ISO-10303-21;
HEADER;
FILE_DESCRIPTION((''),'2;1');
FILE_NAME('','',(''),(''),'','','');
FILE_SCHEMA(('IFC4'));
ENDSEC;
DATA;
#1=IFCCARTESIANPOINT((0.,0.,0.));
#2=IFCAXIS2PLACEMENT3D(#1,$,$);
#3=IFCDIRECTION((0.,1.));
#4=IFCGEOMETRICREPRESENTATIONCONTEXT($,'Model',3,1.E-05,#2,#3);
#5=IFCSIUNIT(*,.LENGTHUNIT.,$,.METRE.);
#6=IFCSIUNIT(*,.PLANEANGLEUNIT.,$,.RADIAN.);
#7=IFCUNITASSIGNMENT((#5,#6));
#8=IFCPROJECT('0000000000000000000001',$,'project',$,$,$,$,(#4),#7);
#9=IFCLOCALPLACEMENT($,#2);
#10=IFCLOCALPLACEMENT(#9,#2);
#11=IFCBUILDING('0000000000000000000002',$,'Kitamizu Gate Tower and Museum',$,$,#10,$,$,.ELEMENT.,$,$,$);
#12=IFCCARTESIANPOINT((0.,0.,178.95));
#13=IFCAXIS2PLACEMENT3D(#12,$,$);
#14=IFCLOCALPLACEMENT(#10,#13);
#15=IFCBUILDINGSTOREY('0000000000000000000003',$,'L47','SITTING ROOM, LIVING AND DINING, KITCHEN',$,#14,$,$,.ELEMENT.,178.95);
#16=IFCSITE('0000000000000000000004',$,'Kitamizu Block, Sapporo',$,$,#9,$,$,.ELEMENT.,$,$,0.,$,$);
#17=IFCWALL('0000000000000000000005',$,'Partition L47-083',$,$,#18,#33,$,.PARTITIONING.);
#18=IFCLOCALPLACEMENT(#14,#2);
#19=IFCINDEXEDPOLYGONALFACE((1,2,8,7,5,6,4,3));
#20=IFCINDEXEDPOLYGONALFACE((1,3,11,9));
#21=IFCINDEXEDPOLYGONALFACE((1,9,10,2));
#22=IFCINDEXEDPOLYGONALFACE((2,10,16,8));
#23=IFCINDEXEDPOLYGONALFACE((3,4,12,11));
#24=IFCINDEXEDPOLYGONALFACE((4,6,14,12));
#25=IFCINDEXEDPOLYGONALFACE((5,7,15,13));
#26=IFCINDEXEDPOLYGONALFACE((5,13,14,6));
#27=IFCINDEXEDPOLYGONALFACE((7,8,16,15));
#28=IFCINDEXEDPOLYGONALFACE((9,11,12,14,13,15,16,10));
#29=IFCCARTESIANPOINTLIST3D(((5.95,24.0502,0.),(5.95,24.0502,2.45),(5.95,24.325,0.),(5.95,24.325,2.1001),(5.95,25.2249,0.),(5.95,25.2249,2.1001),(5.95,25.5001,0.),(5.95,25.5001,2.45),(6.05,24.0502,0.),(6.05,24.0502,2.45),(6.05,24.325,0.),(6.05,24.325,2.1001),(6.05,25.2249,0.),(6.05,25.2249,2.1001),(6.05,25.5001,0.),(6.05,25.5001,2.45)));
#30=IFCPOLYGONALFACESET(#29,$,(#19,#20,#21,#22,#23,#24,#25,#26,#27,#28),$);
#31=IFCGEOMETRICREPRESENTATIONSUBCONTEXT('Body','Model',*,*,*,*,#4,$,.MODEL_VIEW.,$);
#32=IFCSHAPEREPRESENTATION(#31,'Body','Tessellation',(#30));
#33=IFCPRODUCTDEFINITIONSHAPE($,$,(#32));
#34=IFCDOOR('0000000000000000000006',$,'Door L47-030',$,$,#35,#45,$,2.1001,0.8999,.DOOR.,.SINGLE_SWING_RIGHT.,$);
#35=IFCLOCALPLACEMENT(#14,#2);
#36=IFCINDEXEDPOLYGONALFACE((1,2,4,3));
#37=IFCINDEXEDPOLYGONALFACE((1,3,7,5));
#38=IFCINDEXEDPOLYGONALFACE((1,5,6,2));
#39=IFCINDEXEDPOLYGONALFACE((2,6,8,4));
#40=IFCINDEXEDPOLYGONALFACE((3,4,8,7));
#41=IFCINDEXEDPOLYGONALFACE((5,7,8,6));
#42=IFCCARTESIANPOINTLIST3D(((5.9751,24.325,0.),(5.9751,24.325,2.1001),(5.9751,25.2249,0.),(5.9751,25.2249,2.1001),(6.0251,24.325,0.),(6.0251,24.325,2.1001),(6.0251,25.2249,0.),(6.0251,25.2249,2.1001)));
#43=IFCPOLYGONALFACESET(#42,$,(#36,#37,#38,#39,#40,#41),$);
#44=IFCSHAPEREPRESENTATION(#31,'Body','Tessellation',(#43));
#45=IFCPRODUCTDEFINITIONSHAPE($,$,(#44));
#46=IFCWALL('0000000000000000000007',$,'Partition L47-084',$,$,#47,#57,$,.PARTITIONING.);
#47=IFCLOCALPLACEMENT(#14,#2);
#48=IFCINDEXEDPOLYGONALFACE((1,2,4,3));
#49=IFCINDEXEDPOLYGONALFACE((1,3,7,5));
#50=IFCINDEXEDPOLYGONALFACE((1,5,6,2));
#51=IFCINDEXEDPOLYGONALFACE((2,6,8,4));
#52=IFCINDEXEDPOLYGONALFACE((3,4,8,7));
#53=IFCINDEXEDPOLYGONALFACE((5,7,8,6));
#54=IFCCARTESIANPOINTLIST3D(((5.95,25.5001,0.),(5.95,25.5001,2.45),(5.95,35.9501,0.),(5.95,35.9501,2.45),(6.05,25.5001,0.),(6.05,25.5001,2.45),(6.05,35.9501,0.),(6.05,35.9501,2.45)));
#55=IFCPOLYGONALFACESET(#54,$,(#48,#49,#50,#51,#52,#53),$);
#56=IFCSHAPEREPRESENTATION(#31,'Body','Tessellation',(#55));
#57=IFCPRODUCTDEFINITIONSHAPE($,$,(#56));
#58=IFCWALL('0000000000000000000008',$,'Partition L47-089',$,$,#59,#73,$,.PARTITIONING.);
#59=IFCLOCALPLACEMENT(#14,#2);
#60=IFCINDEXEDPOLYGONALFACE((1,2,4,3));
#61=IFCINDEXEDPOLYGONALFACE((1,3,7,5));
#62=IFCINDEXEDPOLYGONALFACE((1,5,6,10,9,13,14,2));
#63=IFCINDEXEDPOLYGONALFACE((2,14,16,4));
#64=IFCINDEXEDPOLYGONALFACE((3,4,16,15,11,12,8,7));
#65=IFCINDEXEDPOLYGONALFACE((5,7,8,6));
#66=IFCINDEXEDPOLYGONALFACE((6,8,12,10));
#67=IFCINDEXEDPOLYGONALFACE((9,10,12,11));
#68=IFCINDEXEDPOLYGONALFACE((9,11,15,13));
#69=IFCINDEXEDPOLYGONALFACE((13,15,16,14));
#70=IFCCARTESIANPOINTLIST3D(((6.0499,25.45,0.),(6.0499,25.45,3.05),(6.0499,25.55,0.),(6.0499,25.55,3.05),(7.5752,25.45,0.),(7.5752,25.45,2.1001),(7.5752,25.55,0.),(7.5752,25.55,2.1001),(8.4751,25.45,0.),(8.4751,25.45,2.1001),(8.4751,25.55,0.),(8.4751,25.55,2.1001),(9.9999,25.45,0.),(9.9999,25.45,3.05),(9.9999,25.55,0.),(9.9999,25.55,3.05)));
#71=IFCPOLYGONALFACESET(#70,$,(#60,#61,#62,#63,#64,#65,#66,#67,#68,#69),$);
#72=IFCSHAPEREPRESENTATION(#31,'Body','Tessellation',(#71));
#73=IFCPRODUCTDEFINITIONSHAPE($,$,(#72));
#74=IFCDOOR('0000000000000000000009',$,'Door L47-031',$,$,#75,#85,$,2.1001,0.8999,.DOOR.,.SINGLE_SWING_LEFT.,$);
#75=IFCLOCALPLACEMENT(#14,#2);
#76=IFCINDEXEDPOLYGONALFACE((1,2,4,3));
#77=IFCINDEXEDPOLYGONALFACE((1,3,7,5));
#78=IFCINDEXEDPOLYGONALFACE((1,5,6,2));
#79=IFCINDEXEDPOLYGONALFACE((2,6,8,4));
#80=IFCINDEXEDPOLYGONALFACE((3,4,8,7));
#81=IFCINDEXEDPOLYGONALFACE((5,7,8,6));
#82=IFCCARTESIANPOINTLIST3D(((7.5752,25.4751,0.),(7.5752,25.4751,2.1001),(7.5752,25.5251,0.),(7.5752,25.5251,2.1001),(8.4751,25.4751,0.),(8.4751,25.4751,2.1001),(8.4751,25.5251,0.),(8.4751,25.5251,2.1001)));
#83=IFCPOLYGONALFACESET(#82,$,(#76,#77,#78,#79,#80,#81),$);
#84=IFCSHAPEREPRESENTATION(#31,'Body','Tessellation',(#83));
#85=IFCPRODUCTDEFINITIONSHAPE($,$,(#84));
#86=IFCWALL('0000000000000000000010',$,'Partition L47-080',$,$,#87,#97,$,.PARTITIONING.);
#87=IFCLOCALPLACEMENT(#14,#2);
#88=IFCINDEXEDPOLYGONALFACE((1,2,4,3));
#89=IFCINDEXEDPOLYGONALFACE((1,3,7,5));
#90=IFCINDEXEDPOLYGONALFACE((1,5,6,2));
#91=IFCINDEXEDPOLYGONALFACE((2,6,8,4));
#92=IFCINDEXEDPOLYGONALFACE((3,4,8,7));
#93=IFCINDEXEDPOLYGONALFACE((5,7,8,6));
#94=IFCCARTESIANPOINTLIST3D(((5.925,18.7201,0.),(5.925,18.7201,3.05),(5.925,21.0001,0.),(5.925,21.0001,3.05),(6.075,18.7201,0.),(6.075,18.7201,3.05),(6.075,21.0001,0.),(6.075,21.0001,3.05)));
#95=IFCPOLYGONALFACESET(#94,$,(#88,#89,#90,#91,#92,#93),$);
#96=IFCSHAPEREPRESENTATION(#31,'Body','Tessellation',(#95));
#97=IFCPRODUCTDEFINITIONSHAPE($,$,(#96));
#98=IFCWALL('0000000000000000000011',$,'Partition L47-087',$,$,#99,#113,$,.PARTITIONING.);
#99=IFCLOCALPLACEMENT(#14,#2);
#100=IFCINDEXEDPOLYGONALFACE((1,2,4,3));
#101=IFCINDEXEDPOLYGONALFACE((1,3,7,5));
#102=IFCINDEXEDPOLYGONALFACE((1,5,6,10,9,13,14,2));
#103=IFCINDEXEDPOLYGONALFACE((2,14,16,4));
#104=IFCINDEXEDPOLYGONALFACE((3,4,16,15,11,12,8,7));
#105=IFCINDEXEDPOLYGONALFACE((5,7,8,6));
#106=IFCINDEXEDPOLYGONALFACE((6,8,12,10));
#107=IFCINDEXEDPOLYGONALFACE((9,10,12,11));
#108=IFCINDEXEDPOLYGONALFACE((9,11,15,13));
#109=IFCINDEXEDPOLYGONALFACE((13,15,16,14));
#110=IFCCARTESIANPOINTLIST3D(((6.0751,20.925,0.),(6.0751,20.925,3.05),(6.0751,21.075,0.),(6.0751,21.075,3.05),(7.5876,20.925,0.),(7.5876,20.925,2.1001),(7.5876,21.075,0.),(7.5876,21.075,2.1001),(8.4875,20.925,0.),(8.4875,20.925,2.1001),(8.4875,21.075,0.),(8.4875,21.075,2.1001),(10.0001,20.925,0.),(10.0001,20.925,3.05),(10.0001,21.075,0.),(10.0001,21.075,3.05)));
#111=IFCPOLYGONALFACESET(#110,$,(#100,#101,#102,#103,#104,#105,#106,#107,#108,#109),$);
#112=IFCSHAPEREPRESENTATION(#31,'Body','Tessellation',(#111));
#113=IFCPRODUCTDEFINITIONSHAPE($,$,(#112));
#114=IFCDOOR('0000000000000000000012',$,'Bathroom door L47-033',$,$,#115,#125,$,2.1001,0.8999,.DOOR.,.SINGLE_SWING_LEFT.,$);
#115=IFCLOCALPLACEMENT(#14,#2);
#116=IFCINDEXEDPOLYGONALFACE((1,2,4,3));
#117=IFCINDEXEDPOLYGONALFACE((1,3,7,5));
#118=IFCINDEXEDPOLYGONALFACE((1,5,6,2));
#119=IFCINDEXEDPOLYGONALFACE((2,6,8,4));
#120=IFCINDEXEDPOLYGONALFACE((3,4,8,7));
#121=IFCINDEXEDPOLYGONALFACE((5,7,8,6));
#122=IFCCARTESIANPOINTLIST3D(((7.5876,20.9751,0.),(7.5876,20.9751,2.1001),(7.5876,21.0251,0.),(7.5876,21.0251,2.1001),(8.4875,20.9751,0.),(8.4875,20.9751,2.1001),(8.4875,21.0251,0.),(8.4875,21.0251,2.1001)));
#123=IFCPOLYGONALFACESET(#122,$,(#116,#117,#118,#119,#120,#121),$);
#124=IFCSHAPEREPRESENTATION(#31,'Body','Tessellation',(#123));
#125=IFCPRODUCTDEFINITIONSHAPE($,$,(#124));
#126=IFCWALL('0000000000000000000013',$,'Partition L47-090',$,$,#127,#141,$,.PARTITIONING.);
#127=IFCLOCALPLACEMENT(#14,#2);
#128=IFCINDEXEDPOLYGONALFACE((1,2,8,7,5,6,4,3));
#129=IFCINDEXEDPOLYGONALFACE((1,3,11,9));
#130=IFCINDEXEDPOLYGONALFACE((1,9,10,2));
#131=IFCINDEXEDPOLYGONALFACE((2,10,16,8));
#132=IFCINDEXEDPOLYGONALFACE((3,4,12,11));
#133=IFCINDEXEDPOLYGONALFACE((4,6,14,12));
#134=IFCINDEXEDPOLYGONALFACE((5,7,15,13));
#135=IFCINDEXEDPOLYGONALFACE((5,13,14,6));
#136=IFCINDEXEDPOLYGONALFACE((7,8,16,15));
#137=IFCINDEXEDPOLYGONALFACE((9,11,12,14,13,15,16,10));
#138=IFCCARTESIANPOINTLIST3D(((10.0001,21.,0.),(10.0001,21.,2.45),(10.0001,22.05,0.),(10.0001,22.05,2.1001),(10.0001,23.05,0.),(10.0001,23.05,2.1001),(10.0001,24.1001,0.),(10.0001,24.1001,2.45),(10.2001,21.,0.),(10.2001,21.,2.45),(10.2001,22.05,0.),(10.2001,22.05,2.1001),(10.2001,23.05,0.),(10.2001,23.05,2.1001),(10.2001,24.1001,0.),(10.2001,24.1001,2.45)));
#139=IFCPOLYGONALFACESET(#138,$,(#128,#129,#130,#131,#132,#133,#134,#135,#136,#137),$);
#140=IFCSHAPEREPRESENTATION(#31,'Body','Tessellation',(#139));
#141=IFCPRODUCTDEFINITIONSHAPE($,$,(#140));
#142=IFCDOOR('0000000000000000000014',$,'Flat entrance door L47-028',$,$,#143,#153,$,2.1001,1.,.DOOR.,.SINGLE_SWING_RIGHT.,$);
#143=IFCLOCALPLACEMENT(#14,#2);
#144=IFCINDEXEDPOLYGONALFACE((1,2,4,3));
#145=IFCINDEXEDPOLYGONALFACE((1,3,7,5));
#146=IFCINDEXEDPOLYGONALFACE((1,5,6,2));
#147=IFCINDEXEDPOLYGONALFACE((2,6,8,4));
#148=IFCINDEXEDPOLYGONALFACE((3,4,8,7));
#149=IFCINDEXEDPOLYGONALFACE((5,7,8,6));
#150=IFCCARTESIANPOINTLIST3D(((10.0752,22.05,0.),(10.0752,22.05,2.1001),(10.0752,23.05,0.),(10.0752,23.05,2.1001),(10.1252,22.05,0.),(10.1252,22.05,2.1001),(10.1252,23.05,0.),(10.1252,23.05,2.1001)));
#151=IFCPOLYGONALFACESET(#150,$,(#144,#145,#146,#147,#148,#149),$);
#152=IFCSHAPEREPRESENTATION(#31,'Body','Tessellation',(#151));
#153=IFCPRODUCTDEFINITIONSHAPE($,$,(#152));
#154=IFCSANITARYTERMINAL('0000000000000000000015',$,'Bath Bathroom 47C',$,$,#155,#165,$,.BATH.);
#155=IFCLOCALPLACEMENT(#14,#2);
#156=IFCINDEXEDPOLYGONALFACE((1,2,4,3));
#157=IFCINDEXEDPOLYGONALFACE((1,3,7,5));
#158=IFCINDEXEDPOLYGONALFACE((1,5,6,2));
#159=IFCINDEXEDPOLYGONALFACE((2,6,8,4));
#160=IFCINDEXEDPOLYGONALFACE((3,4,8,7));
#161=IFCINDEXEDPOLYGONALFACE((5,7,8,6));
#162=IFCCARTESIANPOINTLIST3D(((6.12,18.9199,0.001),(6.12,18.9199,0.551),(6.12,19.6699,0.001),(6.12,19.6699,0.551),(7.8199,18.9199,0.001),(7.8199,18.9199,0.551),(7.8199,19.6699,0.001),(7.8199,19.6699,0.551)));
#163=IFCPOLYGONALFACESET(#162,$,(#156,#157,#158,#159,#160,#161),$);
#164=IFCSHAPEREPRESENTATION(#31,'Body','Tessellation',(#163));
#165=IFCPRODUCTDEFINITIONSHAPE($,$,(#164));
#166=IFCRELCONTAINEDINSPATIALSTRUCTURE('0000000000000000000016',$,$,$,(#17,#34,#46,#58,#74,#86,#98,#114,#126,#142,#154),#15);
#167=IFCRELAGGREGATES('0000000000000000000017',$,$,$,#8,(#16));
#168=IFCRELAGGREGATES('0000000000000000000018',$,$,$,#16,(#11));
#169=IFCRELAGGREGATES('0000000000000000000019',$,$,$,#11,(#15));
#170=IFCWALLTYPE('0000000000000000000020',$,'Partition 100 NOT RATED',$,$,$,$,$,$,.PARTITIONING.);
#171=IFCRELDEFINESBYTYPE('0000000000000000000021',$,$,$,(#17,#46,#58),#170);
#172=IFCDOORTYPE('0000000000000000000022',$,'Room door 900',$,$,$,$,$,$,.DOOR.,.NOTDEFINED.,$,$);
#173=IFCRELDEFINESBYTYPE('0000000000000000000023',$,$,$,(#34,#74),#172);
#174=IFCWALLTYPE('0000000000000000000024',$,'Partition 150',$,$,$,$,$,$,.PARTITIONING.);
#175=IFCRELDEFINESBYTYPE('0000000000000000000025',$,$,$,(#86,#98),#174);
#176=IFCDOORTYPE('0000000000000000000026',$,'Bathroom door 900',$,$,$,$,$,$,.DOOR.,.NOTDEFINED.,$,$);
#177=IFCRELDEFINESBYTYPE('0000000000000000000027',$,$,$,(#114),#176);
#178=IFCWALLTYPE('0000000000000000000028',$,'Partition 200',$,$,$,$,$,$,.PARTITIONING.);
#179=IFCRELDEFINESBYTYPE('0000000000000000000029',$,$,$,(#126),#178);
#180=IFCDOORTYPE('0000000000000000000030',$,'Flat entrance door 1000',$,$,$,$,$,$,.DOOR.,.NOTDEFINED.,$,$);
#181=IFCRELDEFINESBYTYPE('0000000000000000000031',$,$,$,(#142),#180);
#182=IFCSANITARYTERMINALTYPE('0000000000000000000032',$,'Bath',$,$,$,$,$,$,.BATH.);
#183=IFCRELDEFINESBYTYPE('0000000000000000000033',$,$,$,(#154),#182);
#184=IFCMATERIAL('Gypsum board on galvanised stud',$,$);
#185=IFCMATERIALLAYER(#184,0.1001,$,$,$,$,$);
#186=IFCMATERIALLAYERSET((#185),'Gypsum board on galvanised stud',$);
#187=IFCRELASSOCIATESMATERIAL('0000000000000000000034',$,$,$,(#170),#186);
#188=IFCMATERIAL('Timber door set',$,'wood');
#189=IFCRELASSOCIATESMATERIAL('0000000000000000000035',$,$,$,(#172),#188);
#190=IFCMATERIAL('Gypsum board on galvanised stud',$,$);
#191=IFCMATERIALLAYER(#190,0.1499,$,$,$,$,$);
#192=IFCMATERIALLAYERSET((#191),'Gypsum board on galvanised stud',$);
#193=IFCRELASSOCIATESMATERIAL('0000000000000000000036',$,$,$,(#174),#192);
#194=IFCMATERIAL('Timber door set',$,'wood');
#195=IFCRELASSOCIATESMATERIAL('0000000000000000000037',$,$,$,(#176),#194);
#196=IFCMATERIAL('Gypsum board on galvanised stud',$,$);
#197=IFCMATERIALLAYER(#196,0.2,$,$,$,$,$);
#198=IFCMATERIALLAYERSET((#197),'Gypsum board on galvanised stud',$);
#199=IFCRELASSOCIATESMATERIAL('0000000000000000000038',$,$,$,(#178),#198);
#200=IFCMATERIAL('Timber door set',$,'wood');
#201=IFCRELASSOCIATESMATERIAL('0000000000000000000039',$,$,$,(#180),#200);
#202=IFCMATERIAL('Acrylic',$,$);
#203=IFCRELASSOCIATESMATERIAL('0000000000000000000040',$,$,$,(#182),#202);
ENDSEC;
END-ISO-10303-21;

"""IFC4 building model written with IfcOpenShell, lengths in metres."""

from ifc_helpers import new_model, si_unit, direction, frame, frame_2d, origin, origin_2d, place, context, subcontext, project, spatial, rectangle, extrude, material, layer, layer_set, type_object, element, fill, save


model = new_model("IFC4")

# Units and contexts
model_context = context("Model", 3, precision=1e-05, world=origin(), true_north=direction((0.0, 1.0)))
body_context = subcontext(model_context, "Body", "Model", "MODEL_VIEW")
ifc_project = project(units=[si_unit("LENGTHUNIT", "METRE"), si_unit("PLANEANGLEUNIT", "RADIAN")], contexts=[model_context])

# Site, building, storey
site_placement = place(None, origin())
site = spatial("IfcSite", under=ifc_project, at=site_placement, Name="Kitamizu Block, Sapporo", CompositionType="ELEMENT", RefElevation=0.0)
building_placement = place(site_placement, origin())
building = spatial("IfcBuilding", under=site, at=building_placement, Name="Kitamizu Gate Tower and Museum", CompositionType="ELEMENT")
storey_placement = place(building_placement, frame((0.0, 0.0, 178.95)))
storey = spatial("IfcBuildingStorey", under=building, at=storey_placement, Name="L47", Description="SITTING ROOM, LIVING AND DINING, KITCHEN", CompositionType="ELEMENT", Elevation=178.95)

# Shared definitions
ifc_material_1 = material(Name="Gypsum board on galvanised stud")
ifc_layer_1 = layer(ifc_material_1, 0.1001)
ifc_layer_set_1 = layer_set([ifc_layer_1], Name="Gypsum board on galvanised stud")
wall_type_1 = type_object("IfcWallType", Name="Partition 100 NOT RATED", PredefinedType="PARTITIONING", material=ifc_layer_set_1)

# Wall, opening, door
ifc_material_2 = material(Name="Timber door set", Category="wood")
door_type_1 = type_object("IfcDoorType", Name="Room door 900", OperationType="NOTDEFINED", PredefinedType="DOOR", material=ifc_material_2)
wall_1_placement = place(storey_placement, frame((6.0, 24.05, 0.0), z_axis=(0.0, 0.0, 1.0), x_axis=(0.0, 1.0, 0.0)))
wall_1 = element("IfcWall", 1, at=wall_1_placement, inside=storey, type_object=wall_type_1, Name="Partition L47-083", PredefinedType="PARTITIONING", context=body_context, shape_type="SweptSolid", body=[
    extrude(rectangle(XDim=1.45, YDim=0.1001, at=frame_2d((0.7251, 0.0))), origin(), (0.0, 0.0, 1.0), 2.45),
])
opening_1_placement = place(wall_1_placement, frame((0.2749, 0.0, 0.0)))
opening_1 = element("IfcOpeningElement", 2, at=opening_1_placement, cuts=wall_1, PredefinedType="OPENING", context=body_context, shape_type="SweptSolid", body=[
    extrude(rectangle(XDim=0.8999, YDim=2.1001, at=frame_2d((0.45, 1.05))), frame((0.0, 0.0601, 0.0), z_axis=(0.0, -1.0, 0.0), x_axis=(1.0, 0.0, 0.0)), (0.0, 0.0, 1.0), 0.1201),
])
door_1_placement = place(opening_1_placement, origin())
door_1 = element("IfcDoor", 3, at=door_1_placement, inside=storey, type_object=door_type_1, Name="Door L47-030", OperationType="SINGLE_SWING_RIGHT", OverallHeight=2.1001, OverallWidth=0.8999, PredefinedType="DOOR", context=body_context, shape_type="SweptSolid", body=[
    extrude(rectangle(XDim=0.8999, YDim=2.1001, at=frame_2d((0.45, 1.05))), frame((0.0, 0.0249, 0.0), z_axis=(0.0, -1.0, 0.0), x_axis=(1.0, 0.0, 0.0)), (0.0, 0.0, 1.0), 0.05),
])
fill(opening_1, door_1)

# Wall
wall_2_placement = place(storey_placement, frame((6.0, 25.5, 0.0), z_axis=(0.0, 0.0, 1.0), x_axis=(0.0, 1.0, 0.0)))
element("IfcWall", 4, at=wall_2_placement, inside=storey, type_object=wall_type_1, Name="Partition L47-084", PredefinedType="PARTITIONING", context=body_context, shape_type="SweptSolid", body=[
    extrude(rectangle(XDim=10.45, YDim=0.1001, at=frame_2d((5.2251, 0.0))), origin(), (0.0, 0.0, 1.0), 2.45),
])

# Wall, opening, door
wall_3_placement = place(storey_placement, frame((10.0, 25.5, 0.0), z_axis=(0.0, 0.0, 1.0), x_axis=(-1.0, 0.0, 0.0)))
wall_3 = element("IfcWall", 5, at=wall_3_placement, inside=storey, type_object=wall_type_1, Name="Partition L47-089", PredefinedType="PARTITIONING", context=body_context, shape_type="SweptSolid", body=[
    extrude(rectangle(XDim=3.95, YDim=0.1001, at=frame_2d((1.9751, 0.0))), origin(), (0.0, 0.0, 1.0), 3.05),
])
opening_2_placement = place(wall_3_placement, frame((1.5249, 0.0, 0.0)))
opening_2 = element("IfcOpeningElement", 6, at=opening_2_placement, cuts=wall_3, PredefinedType="OPENING", context=body_context, shape_type="SweptSolid", body=[
    extrude(rectangle(XDim=0.8999, YDim=2.1001, at=frame_2d((0.45, 1.05))), frame((0.0, 0.0601, 0.0), z_axis=(0.0, -1.0, 0.0), x_axis=(1.0, 0.0, 0.0)), (0.0, 0.0, 1.0), 0.1201),
])
door_2_placement = place(opening_2_placement, origin())
door_2 = element("IfcDoor", 7, at=door_2_placement, inside=storey, type_object=door_type_1, Name="Door L47-031", OperationType="SINGLE_SWING_LEFT", OverallHeight=2.1001, OverallWidth=0.8999, PredefinedType="DOOR", context=body_context, shape_type="SweptSolid", body=[
    extrude(rectangle(XDim=0.8999, YDim=2.1001, at=frame_2d((0.45, 1.05))), frame((0.0, 0.0249, 0.0), z_axis=(0.0, -1.0, 0.0), x_axis=(1.0, 0.0, 0.0)), (0.0, 0.0, 1.0), 0.05),
])
fill(opening_2, door_2)

# Wall
ifc_material_3 = material(Name="Gypsum board on galvanised stud")
ifc_layer_2 = layer(ifc_material_3, 0.1499)
ifc_layer_set_2 = layer_set([ifc_layer_2], Name="Gypsum board on galvanised stud")
wall_type_2 = type_object("IfcWallType", Name="Partition 150", PredefinedType="PARTITIONING", material=ifc_layer_set_2)
wall_4_placement = place(storey_placement, frame((6.0, 18.72, 0.0), z_axis=(0.0, 0.0, 1.0), x_axis=(0.0, 1.0, 0.0)))
element("IfcWall", 8, at=wall_4_placement, inside=storey, type_object=wall_type_2, Name="Partition L47-080", PredefinedType="PARTITIONING", context=body_context, shape_type="SweptSolid", body=[
    extrude(rectangle(XDim=2.28, YDim=0.1499, at=frame_2d((1.1401, 0.0))), origin(), (0.0, 0.0, 1.0), 3.05),
])

# Walls, openings, doors
wall_5_placement = place(storey_placement, frame((10.0, 21.0, 0.0), z_axis=(0.0, 0.0, 1.0), x_axis=(-1.0, 0.0, 0.0)))
wall_5 = element("IfcWall", 9, at=wall_5_placement, inside=storey, type_object=wall_type_2, Name="Partition L47-087", PredefinedType="PARTITIONING", context=body_context, shape_type="SweptSolid", body=[
    extrude(rectangle(XDim=3.925, YDim=0.1499, at=frame_2d((1.9624, 0.0))), origin(), (0.0, 0.0, 1.0), 3.05),
])
opening_3_placement = place(wall_5_placement, frame((1.5125, 0.0, 0.0)))
opening_3 = element("IfcOpeningElement", 10, at=opening_3_placement, cuts=wall_5, PredefinedType="OPENING", context=body_context, shape_type="SweptSolid", body=[
    extrude(rectangle(XDim=0.8999, YDim=2.1001, at=frame_2d((0.45, 1.05))), frame((0.0, 0.085, 0.0), z_axis=(0.0, -1.0, 0.0), x_axis=(1.0, 0.0, 0.0)), (0.0, 0.0, 1.0), 0.1699),
])
ifc_material_4 = material(Name="Timber door set", Category="wood")
door_type_2 = type_object("IfcDoorType", Name="Bathroom door 900", OperationType="NOTDEFINED", PredefinedType="DOOR", material=ifc_material_4)
door_3_placement = place(opening_3_placement, origin())
door_3 = element("IfcDoor", 11, at=door_3_placement, inside=storey, type_object=door_type_2, Name="Bathroom door L47-033", OperationType="SINGLE_SWING_LEFT", OverallHeight=2.1001, OverallWidth=0.8999, PredefinedType="DOOR", context=body_context, shape_type="SweptSolid", body=[
    extrude(rectangle(XDim=0.8999, YDim=2.1001, at=frame_2d((0.45, 1.05))), frame((0.0, 0.0249, 0.0), z_axis=(0.0, -1.0, 0.0), x_axis=(1.0, 0.0, 0.0)), (0.0, 0.0, 1.0), 0.05),
])
fill(opening_3, door_3)
ifc_material_5 = material(Name="Gypsum board on galvanised stud")
ifc_layer_3 = layer(ifc_material_5, 0.2)
ifc_layer_set_3 = layer_set([ifc_layer_3], Name="Gypsum board on galvanised stud")
wall_type_3 = type_object("IfcWallType", Name="Partition 200", PredefinedType="PARTITIONING", material=ifc_layer_set_3)
wall_6_placement = place(storey_placement, frame((10.1001, 21.0, 0.0), z_axis=(0.0, 0.0, 1.0), x_axis=(0.0, 1.0, 0.0)))
wall_6 = element("IfcWall", 12, at=wall_6_placement, inside=storey, type_object=wall_type_3, Name="Partition L47-090", PredefinedType="PARTITIONING", context=body_context, shape_type="SweptSolid", body=[
    extrude(rectangle(XDim=3.1001, YDim=0.2, at=frame_2d((1.55, 0.0))), origin(), (0.0, 0.0, 1.0), 2.45),
])
opening_4_placement = place(wall_6_placement, frame((1.05, 0.0, 0.0)))
opening_4 = element("IfcOpeningElement", 13, at=opening_4_placement, cuts=wall_6, PredefinedType="OPENING", context=body_context, shape_type="SweptSolid", body=[
    extrude(rectangle(XDim=1.0, YDim=2.1001, at=frame_2d((0.5, 1.05))), frame((0.0, 0.1099, 0.0), z_axis=(0.0, -1.0, 0.0), x_axis=(1.0, 0.0, 0.0)), (0.0, 0.0, 1.0), 0.22),
])
ifc_material_6 = material(Name="Timber door set", Category="wood")
door_type_3 = type_object("IfcDoorType", Name="Flat entrance door 1000", OperationType="NOTDEFINED", PredefinedType="DOOR", material=ifc_material_6)
door_4_placement = place(opening_4_placement, origin())
door_4 = element("IfcDoor", 14, at=door_4_placement, inside=storey, type_object=door_type_3, Name="Flat entrance door L47-028", OperationType="SINGLE_SWING_RIGHT", OverallHeight=2.1001, OverallWidth=1.0, PredefinedType="DOOR", context=body_context, shape_type="SweptSolid", body=[
    extrude(rectangle(XDim=1.0, YDim=2.1001, at=frame_2d((0.5, 1.05))), frame((0.0, 0.0249, 0.0), z_axis=(0.0, -1.0, 0.0), x_axis=(1.0, 0.0, 0.0)), (0.0, 0.0, 1.0), 0.05),
])
fill(opening_4, door_4)

# Sanitary terminal
ifc_material_7 = material(Name="Acrylic")
sanitary_terminal_type_1 = type_object("IfcSanitaryTerminalType", Name="Bath", PredefinedType="BATH", material=ifc_material_7)
sanitary_terminal_1_placement = place(storey_placement, frame((6.97, 19.2949, 0.001), z_axis=(0.0, 0.0, 1.0), x_axis=(1.0, 0.0, 0.0)))
element("IfcSanitaryTerminal", 15, at=sanitary_terminal_1_placement, inside=storey, type_object=sanitary_terminal_type_1, Name="Bath Bathroom 47C", PredefinedType="BATH", context=body_context, shape_type="SweptSolid", body=[
    extrude(rectangle(XDim=1.7, YDim=0.75, at=origin_2d()), origin(), (0.0, 0.0, 1.0), 0.55),
])

save(model, "model.ifc")
